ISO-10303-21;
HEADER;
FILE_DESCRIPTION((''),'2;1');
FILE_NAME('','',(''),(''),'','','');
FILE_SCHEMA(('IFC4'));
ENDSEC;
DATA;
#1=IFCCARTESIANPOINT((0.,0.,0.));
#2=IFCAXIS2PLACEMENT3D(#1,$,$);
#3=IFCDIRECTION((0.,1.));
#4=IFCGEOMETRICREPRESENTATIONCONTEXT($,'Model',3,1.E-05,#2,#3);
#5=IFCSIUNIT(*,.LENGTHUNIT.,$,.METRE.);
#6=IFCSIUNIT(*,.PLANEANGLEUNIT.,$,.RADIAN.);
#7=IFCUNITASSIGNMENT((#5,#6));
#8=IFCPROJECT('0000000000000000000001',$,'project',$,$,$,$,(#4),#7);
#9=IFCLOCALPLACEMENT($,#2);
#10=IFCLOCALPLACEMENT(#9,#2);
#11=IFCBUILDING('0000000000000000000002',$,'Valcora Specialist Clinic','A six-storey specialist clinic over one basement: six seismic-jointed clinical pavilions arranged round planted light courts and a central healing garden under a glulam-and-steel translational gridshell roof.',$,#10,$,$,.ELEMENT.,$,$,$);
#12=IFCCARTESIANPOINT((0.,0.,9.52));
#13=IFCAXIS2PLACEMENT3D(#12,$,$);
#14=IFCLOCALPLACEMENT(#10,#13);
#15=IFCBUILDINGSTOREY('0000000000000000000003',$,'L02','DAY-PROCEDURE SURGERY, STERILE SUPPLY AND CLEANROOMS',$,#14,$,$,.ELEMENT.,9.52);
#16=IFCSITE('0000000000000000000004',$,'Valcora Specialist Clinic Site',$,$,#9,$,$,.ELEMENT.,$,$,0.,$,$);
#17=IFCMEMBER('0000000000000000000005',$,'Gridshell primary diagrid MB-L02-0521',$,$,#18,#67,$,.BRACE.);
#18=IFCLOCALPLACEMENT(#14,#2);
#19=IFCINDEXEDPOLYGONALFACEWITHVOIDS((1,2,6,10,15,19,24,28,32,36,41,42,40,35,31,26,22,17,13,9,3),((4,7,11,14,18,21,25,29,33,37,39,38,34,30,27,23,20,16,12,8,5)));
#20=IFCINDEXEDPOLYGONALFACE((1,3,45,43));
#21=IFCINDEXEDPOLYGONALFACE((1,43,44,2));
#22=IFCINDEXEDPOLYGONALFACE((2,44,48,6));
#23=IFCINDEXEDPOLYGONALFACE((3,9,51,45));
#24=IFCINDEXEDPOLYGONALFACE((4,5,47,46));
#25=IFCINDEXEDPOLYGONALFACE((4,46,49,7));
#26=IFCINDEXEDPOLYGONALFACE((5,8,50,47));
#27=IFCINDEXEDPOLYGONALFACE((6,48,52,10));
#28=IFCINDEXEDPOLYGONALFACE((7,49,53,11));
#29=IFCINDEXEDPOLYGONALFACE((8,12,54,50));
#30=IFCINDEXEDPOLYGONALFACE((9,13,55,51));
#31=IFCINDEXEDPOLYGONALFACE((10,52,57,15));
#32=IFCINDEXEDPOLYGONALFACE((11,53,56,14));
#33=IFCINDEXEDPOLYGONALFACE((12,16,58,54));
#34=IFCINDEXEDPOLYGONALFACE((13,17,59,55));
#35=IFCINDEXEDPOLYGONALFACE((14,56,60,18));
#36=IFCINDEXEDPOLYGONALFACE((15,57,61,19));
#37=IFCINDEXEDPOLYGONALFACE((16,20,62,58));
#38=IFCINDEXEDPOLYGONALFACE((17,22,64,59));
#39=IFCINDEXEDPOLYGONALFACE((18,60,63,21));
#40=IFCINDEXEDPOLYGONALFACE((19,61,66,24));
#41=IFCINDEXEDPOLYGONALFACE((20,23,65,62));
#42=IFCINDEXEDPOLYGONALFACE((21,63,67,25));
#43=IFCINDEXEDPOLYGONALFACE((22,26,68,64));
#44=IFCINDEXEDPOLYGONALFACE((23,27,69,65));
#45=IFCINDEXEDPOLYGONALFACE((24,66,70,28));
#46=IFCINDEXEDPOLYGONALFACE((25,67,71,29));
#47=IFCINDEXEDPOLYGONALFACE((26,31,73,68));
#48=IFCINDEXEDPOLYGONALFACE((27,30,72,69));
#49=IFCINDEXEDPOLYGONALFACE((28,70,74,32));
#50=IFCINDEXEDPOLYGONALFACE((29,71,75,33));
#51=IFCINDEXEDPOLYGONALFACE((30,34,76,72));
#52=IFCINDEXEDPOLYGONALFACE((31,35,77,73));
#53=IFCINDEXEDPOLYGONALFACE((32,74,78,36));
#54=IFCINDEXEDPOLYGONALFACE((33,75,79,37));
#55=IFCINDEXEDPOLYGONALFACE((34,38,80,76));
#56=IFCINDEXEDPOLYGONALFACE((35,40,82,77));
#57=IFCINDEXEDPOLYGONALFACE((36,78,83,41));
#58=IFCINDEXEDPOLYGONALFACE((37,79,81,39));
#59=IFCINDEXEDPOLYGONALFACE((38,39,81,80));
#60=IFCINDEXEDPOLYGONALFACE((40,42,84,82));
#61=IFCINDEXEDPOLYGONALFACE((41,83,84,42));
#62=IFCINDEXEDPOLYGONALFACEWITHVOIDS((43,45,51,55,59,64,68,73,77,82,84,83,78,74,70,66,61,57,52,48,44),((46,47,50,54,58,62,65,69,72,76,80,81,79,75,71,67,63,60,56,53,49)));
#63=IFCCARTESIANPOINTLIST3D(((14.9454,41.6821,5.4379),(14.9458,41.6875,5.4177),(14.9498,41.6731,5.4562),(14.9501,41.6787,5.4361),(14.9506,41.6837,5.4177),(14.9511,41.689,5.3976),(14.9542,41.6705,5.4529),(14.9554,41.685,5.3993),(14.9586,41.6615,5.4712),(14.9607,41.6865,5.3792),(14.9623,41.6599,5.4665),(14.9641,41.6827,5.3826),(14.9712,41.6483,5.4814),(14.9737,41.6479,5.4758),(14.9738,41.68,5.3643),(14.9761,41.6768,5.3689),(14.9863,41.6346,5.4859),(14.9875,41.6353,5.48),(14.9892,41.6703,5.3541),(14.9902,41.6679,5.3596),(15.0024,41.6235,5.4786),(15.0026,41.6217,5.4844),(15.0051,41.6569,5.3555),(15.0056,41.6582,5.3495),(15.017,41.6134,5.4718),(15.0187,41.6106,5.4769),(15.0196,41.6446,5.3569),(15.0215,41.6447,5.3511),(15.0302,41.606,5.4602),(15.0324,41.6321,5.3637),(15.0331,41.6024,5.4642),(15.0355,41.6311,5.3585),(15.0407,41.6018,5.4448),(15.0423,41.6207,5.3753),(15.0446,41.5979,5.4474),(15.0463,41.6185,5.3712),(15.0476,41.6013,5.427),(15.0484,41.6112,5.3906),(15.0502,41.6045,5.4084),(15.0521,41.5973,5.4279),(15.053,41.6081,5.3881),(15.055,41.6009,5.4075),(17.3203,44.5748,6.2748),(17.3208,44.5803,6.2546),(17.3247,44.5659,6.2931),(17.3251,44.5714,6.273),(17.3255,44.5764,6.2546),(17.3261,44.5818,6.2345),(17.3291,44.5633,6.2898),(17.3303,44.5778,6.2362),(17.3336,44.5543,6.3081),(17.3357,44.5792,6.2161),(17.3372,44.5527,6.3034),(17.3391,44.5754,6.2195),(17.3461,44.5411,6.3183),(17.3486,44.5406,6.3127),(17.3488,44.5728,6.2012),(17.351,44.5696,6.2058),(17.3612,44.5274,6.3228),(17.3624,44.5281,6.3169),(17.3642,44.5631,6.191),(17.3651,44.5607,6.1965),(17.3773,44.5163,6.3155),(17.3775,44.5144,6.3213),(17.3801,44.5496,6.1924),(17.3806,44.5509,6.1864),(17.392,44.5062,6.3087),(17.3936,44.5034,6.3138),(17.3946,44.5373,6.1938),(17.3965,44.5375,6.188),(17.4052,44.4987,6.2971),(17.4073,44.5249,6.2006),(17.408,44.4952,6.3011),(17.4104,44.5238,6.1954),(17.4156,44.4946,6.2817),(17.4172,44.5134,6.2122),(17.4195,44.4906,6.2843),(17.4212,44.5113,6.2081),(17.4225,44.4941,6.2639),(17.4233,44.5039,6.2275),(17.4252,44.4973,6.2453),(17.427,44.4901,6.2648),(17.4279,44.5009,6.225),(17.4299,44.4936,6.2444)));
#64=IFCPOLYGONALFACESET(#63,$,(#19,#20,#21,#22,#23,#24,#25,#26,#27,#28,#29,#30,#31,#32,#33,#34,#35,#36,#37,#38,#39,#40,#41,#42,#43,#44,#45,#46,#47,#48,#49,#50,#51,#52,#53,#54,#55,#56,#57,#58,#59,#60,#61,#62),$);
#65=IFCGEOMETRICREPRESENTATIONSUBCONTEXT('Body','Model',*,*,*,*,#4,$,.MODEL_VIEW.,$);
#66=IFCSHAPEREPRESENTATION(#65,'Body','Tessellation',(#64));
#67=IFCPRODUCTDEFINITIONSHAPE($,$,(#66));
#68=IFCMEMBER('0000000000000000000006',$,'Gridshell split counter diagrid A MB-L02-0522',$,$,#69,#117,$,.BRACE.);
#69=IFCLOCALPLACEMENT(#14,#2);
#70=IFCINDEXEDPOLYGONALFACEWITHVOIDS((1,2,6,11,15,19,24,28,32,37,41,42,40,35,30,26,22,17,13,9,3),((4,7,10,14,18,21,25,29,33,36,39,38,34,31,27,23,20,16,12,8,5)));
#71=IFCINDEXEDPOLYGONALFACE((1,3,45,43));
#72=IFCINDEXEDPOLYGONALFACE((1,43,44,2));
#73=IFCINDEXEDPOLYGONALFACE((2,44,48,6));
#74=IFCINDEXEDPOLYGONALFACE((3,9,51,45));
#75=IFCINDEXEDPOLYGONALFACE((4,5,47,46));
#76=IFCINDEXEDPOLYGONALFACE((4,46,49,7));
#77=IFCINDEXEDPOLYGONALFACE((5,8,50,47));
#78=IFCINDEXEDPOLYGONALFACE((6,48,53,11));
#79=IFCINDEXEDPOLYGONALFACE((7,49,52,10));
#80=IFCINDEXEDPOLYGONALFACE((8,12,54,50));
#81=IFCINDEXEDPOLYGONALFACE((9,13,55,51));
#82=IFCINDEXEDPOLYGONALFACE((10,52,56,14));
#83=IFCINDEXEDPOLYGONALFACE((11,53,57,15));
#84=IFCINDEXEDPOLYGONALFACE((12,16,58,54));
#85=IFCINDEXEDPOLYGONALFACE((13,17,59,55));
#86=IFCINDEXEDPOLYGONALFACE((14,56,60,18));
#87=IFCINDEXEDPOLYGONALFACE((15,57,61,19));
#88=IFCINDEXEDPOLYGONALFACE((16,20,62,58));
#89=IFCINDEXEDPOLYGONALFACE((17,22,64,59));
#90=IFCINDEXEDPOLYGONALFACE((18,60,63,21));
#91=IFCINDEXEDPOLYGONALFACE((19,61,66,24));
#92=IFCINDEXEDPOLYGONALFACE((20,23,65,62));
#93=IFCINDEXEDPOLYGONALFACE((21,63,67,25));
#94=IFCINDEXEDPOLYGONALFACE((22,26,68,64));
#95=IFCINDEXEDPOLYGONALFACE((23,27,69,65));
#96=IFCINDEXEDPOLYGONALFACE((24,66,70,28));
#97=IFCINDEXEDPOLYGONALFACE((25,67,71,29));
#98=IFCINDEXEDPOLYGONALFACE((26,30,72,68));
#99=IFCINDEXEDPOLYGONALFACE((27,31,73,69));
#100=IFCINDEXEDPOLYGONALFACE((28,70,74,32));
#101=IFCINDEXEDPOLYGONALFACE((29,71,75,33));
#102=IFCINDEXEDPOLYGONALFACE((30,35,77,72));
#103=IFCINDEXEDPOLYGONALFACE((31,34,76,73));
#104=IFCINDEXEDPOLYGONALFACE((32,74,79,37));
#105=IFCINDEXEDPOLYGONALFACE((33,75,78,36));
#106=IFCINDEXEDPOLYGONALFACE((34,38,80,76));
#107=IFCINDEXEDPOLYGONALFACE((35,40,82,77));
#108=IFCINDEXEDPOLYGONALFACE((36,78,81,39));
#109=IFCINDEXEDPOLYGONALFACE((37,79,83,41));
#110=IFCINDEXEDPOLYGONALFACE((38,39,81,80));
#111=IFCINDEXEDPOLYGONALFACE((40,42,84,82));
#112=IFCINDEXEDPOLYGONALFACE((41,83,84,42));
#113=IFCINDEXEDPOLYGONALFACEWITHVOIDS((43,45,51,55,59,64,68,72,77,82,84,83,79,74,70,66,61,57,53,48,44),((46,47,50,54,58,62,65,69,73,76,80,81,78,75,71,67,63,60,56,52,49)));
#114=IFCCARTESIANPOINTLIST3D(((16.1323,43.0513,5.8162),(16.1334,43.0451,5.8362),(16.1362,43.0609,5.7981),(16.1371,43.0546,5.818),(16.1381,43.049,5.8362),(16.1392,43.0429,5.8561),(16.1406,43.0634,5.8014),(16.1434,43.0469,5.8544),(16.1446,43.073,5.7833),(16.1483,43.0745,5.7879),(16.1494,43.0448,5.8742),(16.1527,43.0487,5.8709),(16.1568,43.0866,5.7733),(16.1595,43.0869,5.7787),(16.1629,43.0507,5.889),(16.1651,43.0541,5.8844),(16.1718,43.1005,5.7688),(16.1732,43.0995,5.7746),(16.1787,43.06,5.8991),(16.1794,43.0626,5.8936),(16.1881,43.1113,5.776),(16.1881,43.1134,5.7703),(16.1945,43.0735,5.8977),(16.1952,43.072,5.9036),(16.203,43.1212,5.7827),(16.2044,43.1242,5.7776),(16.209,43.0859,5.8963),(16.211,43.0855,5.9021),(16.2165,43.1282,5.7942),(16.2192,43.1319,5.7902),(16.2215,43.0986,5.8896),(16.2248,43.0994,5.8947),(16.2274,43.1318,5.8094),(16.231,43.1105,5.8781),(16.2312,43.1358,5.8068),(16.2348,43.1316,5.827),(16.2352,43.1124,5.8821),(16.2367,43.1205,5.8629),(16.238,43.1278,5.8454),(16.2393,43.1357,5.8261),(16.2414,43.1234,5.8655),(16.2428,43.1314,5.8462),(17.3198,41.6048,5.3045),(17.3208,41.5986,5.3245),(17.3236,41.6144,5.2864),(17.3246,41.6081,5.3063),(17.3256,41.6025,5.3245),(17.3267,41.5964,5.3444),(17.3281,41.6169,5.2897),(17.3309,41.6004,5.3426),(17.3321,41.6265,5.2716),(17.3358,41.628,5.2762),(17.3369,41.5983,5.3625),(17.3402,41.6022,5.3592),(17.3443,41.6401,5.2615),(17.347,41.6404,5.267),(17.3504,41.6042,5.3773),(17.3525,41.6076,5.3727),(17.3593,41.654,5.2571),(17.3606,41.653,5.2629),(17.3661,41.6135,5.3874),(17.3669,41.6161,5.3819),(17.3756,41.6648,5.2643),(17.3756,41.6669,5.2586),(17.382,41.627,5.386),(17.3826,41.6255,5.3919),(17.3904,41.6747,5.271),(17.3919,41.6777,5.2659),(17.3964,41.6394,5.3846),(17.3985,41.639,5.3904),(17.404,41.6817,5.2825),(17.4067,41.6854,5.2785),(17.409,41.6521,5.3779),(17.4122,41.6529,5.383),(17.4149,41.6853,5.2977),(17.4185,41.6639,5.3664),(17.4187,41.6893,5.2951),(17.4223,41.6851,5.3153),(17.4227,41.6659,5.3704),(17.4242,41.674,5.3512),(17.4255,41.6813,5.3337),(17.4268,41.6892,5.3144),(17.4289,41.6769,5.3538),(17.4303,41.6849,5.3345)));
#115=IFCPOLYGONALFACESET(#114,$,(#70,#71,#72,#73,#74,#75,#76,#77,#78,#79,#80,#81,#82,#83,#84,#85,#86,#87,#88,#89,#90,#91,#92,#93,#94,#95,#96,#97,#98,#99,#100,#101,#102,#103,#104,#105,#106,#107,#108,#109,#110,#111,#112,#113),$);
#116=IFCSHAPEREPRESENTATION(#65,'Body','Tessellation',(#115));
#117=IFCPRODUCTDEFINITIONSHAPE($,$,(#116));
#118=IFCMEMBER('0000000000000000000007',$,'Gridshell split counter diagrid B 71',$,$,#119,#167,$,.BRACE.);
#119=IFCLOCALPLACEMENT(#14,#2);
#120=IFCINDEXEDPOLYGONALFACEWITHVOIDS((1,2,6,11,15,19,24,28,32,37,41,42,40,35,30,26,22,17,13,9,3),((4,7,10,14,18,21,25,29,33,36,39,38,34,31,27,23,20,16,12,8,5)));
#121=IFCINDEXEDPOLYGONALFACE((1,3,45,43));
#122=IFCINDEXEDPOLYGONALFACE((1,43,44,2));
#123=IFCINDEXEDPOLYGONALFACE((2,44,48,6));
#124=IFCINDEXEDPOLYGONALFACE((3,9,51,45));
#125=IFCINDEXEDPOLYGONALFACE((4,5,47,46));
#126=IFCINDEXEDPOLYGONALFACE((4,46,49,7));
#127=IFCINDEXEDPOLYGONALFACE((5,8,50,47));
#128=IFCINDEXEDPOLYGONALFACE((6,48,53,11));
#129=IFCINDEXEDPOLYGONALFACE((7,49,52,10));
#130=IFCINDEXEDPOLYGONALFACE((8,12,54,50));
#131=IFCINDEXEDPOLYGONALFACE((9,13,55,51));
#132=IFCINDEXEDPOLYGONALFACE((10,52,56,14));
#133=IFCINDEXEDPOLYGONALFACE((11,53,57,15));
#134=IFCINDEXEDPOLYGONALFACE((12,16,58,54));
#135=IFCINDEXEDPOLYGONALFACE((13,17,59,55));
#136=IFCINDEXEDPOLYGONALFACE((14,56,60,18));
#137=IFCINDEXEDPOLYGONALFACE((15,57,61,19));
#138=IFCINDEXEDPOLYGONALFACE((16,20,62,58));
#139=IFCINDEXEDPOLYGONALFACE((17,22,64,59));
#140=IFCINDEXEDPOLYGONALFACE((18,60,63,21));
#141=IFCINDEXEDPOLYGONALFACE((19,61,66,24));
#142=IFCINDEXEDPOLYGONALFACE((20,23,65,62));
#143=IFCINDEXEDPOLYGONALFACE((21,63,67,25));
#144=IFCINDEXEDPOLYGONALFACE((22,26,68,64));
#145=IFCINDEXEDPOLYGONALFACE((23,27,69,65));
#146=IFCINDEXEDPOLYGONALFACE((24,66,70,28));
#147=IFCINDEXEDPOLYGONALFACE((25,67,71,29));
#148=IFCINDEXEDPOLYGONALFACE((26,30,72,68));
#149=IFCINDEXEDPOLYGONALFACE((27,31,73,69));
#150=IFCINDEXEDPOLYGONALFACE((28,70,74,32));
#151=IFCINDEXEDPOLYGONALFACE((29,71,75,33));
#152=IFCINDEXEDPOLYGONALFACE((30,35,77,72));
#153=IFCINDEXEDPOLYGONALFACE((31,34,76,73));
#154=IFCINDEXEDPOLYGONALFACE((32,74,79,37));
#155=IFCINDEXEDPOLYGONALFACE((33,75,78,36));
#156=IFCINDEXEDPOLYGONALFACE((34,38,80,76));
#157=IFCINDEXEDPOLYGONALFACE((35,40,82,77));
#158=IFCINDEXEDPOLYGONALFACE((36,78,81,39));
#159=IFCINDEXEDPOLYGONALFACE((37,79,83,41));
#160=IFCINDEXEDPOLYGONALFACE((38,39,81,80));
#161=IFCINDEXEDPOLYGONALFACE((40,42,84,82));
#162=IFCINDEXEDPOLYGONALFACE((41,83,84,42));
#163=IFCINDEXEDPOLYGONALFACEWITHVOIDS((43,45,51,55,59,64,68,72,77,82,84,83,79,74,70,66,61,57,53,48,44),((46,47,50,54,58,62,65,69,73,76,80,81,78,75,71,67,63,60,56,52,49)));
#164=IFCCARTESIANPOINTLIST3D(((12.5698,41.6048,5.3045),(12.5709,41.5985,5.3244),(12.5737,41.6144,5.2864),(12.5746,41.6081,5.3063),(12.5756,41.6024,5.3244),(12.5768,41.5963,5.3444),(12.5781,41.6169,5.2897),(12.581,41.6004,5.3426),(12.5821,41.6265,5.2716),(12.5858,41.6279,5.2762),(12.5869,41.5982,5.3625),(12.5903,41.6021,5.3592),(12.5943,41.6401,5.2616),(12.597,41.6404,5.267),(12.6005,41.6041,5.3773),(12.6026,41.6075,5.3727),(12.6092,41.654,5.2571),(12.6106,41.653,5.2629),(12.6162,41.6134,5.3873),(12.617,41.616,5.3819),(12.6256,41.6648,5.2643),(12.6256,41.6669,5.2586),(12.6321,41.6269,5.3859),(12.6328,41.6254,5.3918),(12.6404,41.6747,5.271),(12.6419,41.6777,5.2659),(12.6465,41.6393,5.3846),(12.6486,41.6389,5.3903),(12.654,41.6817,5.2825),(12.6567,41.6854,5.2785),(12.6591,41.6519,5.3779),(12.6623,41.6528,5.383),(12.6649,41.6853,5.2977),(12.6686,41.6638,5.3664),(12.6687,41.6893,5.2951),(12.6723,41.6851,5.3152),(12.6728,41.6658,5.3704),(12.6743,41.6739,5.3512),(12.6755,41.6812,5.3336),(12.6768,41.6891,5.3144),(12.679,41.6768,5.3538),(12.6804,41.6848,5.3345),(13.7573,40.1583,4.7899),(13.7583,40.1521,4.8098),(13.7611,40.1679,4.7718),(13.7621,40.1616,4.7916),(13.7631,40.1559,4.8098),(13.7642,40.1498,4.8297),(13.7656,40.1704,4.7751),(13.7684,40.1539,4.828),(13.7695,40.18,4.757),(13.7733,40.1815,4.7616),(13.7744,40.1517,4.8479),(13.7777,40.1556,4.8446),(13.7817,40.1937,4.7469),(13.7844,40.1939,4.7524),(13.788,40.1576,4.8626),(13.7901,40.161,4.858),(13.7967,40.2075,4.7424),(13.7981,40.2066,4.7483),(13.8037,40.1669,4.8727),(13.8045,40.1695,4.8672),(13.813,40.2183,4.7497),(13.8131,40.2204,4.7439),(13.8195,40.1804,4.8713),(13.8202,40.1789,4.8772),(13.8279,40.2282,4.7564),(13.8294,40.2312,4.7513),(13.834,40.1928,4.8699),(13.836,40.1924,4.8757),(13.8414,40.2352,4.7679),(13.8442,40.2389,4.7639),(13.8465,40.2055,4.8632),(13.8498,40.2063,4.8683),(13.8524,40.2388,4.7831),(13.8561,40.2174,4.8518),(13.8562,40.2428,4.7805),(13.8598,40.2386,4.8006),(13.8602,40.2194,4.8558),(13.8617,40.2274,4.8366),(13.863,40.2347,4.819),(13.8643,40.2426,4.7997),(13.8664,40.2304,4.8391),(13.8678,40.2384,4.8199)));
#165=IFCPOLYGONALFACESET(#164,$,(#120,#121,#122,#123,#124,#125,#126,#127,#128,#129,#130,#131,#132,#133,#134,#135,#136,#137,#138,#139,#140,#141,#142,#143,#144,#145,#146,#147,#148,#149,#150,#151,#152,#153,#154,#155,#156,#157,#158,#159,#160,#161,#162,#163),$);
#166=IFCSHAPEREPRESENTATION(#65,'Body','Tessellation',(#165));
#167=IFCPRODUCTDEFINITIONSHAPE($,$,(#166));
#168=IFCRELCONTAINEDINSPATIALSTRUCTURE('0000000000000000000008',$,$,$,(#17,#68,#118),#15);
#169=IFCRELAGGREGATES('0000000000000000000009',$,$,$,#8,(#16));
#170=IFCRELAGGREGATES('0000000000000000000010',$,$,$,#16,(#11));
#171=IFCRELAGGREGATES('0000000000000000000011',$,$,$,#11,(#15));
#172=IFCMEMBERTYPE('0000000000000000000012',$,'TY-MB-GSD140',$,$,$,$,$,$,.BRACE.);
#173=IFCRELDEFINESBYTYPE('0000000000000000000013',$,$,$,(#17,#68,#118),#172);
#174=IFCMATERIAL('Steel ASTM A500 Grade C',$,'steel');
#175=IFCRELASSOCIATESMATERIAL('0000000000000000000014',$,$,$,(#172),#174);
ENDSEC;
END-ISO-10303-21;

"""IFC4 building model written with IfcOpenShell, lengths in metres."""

from ifc_helpers import new_model, si_unit, direction, frame, origin, origin_2d, place, context, subcontext, project, spatial, hollow_circle, extrude, material, material_profile, profile_set, type_object, element, save


model = new_model("IFC4")

# Units and contexts
model_context = context("Model", 3, precision=1e-05, world=origin(), true_north=direction((0.0, 1.0)))
body_context = subcontext(model_context, "Body", "Model", "MODEL_VIEW")
ifc_project = project(units=[si_unit("LENGTHUNIT", "METRE"), si_unit("PLANEANGLEUNIT", "RADIAN")], contexts=[model_context])

# Site, building, storey
site_placement = place(None, origin())
site = spatial("IfcSite", under=ifc_project, at=site_placement, Name="Valcora Specialist Clinic Site", CompositionType="ELEMENT", RefElevation=0.0)
building_placement = place(site_placement, origin())
building = spatial("IfcBuilding", under=site, at=building_placement, Name="Valcora Specialist Clinic", Description="A six-storey specialist clinic over one basement: six seismic-jointed clinical pavilions arranged round planted light courts and a central healing garden under a glulam-and-steel translational gridshell roof.", CompositionType="ELEMENT")
storey_placement = place(building_placement, frame((0.0, 0.0, 9.52)))
storey = spatial("IfcBuildingStorey", under=building, at=storey_placement, Name="L02", Description="DAY-PROCEDURE SURGERY, STERILE SUPPLY AND CLEANROOMS", CompositionType="ELEMENT", Elevation=9.52)

# Members
ifc_material_1 = material(Name="Steel ASTM A500 Grade C", Category="steel")
ifc_material_profile_1 = material_profile(ifc_material_1, hollow_circle(Radius=0.0701, WallThickness=0.0061, at=origin_2d()), Name="ST-CHS-140X6")
ifc_profile_set_1 = profile_set([ifc_material_profile_1], Name="Steel ASTM A500 Grade C")
member_type_1 = type_object("IfcMemberType", Name="TY-MB-GSD140", PredefinedType="BRACE", material=ifc_profile_set_1)
member_1_placement = place(storey_placement, frame((15.0, 41.6431, 5.4177), z_axis=(0.619249, 0.754264, 0.218214), x_axis=(-0.77289, 0.63454, 0.0)))
element("IfcMember", 1, at=member_1_placement, inside=storey, type_object=member_type_1, Name="Gridshell primary diagrid MB-L02-0521", PredefinedType="BRACE", context=body_context, shape_type="SweptSolid", body=[
    extrude(hollow_circle(Radius=0.0701, WallThickness=0.0061, at=origin_2d()), origin(), (0.0, 0.0, 1.0), 3.8352),
])
member_2_placement = place(storey_placement, frame((17.375, 41.6431, 5.3245), z_axis=(-0.612043, 0.745549, 0.263742), x_axis=(-0.772916, -0.634508, 0.0)))
element("IfcMember", 2, at=member_2_placement, inside=storey, type_object=member_type_1, Name="Gridshell split counter diagrid A MB-L02-0522", PredefinedType="BRACE", context=body_context, shape_type="SweptSolid", body=[
    extrude(hollow_circle(Radius=0.0701, WallThickness=0.0061, at=origin_2d()), origin(), (0.0, 0.0, 1.0), 1.9402),
])
member_3_placement = place(storey_placement, frame((13.8125, 40.1965, 4.8098), z_axis=(-0.611798, 0.745252, 0.265146), x_axis=(-0.772916, -0.634508, 0.0)))
element("IfcMember", 3, at=member_3_placement, inside=storey, type_object=member_type_1, Name="Gridshell split counter diagrid B 71", PredefinedType="BRACE", context=body_context, shape_type="SweptSolid", body=[
    extrude(hollow_circle(Radius=0.0701, WallThickness=0.0061, at=origin_2d()), origin(), (0.0, 0.0, 1.0), 1.9409),
])

save(model, "model.ifc")
